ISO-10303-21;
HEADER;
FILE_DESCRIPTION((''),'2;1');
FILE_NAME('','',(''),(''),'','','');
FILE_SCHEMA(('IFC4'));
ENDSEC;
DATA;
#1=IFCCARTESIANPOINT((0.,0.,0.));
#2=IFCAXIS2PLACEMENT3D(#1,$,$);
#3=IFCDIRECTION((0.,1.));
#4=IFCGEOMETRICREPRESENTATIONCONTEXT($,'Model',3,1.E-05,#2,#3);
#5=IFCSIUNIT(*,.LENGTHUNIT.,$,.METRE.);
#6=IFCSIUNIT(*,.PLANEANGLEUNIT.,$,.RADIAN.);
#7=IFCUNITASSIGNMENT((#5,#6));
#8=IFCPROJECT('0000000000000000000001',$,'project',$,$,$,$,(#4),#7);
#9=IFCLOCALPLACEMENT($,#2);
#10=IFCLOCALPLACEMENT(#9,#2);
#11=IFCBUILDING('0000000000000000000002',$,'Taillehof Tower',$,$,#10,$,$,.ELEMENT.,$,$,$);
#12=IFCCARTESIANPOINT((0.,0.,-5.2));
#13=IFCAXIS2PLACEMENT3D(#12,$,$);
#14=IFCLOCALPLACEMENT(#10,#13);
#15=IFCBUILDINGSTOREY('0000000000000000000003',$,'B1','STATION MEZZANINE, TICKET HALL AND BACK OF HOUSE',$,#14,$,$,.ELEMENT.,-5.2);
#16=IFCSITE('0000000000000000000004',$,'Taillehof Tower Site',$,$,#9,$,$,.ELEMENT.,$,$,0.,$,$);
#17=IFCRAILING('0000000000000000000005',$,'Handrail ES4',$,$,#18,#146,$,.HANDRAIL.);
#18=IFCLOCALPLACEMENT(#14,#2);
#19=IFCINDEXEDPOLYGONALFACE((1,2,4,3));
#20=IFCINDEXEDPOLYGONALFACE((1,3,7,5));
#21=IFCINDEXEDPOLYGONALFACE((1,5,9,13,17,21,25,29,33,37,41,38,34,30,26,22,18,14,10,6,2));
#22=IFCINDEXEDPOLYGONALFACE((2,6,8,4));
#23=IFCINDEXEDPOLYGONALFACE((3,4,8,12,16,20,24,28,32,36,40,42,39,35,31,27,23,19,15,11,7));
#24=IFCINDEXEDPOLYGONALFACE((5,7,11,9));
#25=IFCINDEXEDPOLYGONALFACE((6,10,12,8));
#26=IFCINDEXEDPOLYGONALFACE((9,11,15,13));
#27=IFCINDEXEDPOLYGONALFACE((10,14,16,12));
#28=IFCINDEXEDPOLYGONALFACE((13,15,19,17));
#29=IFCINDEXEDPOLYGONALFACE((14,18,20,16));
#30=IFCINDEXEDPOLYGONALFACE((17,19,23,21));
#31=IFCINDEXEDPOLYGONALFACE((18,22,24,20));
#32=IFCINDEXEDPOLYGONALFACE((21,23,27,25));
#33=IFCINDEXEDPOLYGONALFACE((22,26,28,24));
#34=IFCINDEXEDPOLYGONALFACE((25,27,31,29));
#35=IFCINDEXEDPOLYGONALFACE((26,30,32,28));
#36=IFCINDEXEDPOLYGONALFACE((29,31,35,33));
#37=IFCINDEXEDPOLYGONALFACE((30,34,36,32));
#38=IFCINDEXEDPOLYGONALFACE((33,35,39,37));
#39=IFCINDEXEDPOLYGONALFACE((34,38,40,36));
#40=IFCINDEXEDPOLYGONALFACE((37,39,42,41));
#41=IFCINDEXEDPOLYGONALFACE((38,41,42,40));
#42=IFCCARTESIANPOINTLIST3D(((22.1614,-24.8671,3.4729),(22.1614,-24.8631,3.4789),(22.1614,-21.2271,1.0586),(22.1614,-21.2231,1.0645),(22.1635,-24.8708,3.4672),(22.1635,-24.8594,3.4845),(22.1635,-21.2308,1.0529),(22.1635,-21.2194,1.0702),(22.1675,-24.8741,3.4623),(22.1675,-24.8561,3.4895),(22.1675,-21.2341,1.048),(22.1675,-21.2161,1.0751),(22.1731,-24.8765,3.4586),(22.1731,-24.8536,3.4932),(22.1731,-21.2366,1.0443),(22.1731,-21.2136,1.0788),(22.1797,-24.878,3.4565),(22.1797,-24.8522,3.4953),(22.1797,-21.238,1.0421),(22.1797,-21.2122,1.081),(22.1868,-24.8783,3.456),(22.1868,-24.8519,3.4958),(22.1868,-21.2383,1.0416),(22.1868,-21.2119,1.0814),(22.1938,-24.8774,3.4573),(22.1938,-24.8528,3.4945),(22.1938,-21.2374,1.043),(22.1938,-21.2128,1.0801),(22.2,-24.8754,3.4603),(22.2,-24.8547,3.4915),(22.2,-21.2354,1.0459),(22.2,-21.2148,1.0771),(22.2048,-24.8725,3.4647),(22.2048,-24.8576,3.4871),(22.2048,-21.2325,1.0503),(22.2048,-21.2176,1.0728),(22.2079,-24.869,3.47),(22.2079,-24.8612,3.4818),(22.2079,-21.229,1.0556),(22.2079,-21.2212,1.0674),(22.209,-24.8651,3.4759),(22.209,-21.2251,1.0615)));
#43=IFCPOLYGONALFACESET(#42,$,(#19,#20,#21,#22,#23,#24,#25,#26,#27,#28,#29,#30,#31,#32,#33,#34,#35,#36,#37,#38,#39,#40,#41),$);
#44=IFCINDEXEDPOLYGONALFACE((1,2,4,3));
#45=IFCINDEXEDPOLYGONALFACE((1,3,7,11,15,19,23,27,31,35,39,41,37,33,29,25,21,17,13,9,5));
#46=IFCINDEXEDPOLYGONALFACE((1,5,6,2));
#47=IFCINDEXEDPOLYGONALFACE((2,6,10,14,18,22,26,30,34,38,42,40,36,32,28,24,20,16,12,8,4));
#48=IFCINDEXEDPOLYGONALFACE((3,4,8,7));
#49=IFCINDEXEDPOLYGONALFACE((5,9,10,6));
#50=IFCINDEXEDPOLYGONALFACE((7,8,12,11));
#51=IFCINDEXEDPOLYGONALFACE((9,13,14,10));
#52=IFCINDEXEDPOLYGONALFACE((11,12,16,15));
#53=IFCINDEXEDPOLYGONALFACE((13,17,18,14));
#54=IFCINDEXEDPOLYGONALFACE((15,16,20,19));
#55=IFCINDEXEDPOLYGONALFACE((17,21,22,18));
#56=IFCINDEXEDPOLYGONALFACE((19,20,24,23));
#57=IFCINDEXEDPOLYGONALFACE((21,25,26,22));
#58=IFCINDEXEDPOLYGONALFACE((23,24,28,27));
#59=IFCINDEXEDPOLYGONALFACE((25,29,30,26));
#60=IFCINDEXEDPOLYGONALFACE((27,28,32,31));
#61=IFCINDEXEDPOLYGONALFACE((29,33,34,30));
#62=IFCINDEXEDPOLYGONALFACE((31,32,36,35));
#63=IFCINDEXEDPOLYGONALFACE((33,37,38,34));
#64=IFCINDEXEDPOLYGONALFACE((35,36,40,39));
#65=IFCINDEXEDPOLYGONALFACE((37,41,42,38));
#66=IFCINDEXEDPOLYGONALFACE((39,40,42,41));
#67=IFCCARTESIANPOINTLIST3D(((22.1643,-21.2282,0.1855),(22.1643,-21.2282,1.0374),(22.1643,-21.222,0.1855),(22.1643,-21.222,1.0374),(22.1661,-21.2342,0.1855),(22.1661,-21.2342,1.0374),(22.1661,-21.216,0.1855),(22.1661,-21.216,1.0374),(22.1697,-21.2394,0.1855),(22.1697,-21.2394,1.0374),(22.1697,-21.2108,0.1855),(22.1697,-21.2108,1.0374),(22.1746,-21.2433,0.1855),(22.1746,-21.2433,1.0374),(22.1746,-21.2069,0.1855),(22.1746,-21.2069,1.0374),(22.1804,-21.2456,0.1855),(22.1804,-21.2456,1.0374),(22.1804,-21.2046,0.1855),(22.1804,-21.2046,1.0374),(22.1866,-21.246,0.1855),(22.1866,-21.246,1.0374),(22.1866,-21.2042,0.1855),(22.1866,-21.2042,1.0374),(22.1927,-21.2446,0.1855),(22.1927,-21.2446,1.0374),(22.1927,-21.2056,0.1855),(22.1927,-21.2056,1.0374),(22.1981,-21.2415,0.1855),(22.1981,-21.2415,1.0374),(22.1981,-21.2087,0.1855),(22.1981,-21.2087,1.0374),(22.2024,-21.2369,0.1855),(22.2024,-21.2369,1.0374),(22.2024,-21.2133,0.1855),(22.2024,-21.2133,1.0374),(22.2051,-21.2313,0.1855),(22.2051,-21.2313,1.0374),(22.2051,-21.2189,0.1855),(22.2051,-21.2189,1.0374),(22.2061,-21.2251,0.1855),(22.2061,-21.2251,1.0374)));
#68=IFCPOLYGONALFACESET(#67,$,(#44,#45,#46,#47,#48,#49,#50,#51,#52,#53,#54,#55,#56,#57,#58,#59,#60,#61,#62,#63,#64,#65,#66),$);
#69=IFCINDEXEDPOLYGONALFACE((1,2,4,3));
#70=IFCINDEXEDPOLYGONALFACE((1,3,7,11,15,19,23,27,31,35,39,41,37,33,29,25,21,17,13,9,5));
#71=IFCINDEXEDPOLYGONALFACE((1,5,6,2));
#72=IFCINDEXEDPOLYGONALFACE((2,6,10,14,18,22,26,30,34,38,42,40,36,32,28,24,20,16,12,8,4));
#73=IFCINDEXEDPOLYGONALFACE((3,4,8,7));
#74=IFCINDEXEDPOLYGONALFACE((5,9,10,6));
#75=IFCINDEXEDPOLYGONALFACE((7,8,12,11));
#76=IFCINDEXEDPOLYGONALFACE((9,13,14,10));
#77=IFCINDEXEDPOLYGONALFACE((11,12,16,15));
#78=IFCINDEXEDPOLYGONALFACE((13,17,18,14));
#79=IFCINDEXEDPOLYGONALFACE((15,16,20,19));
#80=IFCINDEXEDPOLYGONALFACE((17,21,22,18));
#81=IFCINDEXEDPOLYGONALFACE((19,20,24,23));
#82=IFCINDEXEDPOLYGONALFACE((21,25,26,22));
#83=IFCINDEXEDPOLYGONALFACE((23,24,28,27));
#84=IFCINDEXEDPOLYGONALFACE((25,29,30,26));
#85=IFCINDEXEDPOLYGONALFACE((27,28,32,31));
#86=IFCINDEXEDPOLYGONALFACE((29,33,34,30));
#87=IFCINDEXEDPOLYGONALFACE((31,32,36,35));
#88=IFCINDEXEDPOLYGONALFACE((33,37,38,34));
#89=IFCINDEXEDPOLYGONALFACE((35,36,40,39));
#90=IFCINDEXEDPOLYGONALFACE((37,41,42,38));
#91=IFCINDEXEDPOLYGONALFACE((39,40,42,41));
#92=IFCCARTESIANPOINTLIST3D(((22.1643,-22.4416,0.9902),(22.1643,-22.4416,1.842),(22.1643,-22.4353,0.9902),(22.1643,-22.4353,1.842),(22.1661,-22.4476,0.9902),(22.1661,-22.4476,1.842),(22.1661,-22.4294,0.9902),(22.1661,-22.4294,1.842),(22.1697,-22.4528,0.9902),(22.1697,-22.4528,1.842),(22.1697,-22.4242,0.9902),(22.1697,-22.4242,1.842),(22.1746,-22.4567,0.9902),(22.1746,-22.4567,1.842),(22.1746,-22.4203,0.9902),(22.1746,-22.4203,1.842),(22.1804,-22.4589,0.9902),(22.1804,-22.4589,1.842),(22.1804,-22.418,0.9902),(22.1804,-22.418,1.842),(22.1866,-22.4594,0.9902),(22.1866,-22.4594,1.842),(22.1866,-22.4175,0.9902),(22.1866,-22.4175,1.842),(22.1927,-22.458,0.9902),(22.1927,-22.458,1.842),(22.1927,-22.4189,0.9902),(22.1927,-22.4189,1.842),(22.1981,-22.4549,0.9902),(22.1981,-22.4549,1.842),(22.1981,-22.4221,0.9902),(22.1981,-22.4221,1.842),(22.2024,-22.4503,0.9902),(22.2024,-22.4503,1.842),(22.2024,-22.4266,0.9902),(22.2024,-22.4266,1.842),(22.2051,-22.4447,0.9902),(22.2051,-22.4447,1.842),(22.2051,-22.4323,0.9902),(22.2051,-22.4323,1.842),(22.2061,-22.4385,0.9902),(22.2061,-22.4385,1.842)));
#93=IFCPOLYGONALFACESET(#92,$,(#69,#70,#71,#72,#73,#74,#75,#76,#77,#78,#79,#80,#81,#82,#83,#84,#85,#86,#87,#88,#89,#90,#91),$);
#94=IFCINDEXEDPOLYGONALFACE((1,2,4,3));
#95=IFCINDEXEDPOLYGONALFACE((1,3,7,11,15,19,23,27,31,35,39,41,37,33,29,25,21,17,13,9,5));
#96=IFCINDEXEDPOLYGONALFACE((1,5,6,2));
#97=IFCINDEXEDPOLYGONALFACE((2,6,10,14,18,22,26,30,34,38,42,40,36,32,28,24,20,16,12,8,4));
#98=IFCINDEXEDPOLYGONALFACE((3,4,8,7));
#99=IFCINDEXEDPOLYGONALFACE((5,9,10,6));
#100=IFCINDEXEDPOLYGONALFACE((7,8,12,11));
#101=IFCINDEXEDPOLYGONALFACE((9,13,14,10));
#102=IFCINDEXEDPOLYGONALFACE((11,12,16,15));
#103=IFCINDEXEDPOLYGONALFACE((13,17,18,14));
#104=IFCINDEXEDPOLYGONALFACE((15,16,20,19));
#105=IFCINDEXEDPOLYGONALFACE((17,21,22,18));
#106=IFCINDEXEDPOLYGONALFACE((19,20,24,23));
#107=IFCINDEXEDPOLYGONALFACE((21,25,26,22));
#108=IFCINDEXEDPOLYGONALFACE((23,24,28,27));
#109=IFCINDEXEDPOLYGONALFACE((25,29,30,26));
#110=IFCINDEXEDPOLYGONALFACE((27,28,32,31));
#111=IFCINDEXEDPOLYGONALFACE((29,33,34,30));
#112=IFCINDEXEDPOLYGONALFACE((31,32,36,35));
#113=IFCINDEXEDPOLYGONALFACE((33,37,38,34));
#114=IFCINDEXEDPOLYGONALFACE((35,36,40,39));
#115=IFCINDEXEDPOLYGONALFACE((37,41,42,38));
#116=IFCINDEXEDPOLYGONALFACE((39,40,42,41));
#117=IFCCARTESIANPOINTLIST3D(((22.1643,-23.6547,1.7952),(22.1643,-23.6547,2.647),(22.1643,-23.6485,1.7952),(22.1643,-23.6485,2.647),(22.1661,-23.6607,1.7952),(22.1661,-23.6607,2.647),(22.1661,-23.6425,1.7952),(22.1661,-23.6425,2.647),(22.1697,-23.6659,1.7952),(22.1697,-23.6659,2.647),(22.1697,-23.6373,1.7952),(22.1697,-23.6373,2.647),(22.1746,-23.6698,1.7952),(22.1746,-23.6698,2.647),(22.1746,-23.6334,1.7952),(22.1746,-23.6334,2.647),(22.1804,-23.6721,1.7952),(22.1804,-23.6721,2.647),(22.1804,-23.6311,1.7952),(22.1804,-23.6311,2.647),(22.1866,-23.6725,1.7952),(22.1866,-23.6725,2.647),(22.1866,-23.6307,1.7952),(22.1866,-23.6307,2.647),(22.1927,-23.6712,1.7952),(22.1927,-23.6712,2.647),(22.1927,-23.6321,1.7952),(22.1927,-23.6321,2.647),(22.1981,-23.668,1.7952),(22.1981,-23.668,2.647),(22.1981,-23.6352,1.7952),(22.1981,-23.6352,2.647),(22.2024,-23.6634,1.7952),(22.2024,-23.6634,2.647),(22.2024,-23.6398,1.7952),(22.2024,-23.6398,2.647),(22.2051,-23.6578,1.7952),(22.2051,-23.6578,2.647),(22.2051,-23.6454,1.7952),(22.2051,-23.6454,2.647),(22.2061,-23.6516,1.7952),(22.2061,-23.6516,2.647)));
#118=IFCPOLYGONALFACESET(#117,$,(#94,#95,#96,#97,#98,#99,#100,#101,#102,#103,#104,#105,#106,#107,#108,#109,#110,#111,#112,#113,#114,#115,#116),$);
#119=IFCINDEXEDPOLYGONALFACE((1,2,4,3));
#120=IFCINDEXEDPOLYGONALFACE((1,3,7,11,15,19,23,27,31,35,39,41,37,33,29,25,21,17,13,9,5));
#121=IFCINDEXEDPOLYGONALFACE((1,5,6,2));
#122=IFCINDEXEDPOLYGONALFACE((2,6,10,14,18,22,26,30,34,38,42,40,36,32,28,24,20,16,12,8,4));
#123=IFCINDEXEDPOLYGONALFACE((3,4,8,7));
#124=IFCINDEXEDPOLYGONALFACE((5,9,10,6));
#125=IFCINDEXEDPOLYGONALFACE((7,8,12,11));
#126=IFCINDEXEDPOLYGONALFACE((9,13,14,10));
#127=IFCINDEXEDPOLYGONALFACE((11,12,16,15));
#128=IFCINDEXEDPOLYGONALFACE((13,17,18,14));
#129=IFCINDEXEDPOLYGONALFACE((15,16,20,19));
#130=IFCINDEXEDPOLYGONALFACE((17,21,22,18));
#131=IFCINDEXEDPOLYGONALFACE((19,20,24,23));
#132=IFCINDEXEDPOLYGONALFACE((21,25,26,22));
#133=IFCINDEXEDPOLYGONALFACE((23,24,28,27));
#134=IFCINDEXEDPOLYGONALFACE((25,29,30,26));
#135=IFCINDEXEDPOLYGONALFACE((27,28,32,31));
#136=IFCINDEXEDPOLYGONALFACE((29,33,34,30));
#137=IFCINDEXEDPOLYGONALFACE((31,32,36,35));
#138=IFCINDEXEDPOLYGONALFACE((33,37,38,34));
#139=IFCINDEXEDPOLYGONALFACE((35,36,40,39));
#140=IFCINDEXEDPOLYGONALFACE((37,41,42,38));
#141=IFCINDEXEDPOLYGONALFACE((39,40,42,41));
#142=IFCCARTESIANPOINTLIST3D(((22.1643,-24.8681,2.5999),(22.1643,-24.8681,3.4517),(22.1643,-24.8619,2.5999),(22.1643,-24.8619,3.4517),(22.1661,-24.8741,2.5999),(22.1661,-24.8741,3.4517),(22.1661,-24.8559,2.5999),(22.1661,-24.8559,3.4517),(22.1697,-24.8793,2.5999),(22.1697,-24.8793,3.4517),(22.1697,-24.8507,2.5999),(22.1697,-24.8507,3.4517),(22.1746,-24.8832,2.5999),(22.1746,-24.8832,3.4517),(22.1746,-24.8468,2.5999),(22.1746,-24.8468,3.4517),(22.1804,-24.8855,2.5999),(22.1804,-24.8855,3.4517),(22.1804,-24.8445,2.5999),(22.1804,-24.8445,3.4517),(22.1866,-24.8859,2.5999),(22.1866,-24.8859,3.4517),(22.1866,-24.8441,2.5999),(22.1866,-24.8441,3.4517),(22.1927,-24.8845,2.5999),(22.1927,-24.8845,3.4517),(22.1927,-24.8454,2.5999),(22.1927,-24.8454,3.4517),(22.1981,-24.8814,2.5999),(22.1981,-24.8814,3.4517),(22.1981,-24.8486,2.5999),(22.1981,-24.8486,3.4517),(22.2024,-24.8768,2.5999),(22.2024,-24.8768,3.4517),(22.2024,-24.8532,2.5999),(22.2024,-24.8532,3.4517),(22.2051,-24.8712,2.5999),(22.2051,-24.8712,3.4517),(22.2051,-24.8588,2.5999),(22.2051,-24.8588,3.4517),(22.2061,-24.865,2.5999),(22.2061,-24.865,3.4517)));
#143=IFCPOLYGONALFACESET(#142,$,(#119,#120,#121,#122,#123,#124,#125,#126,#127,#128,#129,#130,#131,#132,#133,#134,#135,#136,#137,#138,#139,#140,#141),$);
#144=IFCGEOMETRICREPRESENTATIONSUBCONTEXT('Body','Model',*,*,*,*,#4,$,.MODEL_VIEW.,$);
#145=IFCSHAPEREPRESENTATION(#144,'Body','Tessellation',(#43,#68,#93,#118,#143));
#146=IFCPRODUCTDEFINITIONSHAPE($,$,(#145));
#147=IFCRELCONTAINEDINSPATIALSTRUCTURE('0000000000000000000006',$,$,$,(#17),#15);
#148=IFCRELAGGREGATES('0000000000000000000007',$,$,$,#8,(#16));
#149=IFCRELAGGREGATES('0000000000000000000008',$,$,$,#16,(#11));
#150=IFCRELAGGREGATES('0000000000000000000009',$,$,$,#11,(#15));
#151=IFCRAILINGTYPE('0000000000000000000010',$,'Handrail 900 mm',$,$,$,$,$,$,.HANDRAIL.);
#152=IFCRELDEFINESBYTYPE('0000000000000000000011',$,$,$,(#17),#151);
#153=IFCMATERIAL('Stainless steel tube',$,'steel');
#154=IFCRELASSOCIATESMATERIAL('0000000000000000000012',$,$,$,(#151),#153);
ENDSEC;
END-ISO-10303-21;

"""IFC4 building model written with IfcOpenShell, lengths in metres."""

from ifc_helpers import new_model, si_unit, direction, frame, origin, origin_2d, place, context, subcontext, project, spatial, circle, extrude, material, type_object, element, save


model = new_model("IFC4")

# Units and contexts
model_context = context("Model", 3, precision=1e-05, world=origin(), true_north=direction((0.0, 1.0)))
body_context = subcontext(model_context, "Body", "Model", "MODEL_VIEW")
ifc_project = project(units=[si_unit("LENGTHUNIT", "METRE"), si_unit("PLANEANGLEUNIT", "RADIAN")], contexts=[model_context])

# Site, building, storey
site_placement = place(None, origin())
site = spatial("IfcSite", under=ifc_project, at=site_placement, Name="Taillehof Tower Site", CompositionType="ELEMENT", RefElevation=0.0)
building_placement = place(site_placement, origin())
building = spatial("IfcBuilding", under=site, at=building_placement, Name="Taillehof Tower", CompositionType="ELEMENT")
storey_placement = place(building_placement, frame((0.0, 0.0, -5.2)))
storey = spatial("IfcBuildingStorey", under=building, at=storey_placement, Name="B1", Description="STATION MEZZANINE, TICKET HALL AND BACK OF HOUSE", CompositionType="ELEMENT", Elevation=-5.2)

# Railing
ifc_material_1 = material(Name="Stainless steel tube", Category="steel")
railing_type_1 = type_object("IfcRailingType", Name="Handrail 900 mm", PredefinedType="HANDRAIL", material=ifc_material_1)
for number, where, name in (
    (1, (22.1851, -21.2251, 0.1855), "Handrail ES4"),
):
    element("IfcRailing", number, at=place(storey_placement, frame(where)), inside=storey, type_object=railing_type_1, Name=name, PredefinedType="HANDRAIL", context=body_context, shape_type="SweptSolid", body=[
        extrude(circle(Radius=0.0239, at=origin_2d()), frame((0.0, 0.0, 0.876), z_axis=(0.0, -0.833347, 0.552751), x_axis=(1.0, 0.0, 0.0)), (0.0, 0.0, 1.0), 4.3679),
        extrude(circle(Radius=0.021, at=origin_2d()), origin(), (0.0, 0.0, 1.0), 0.8518),
        extrude(circle(Radius=0.021, at=origin_2d()), frame((0.0, -1.2134, 0.8047)), (0.0, 0.0, 1.0), 0.8518),
        extrude(circle(Radius=0.021, at=origin_2d()), frame((0.0, -2.4265, 1.6096)), (0.0, 0.0, 1.0), 0.8518),
        extrude(circle(Radius=0.021, at=origin_2d()), frame((0.0, -3.6399, 2.4143)), (0.0, 0.0, 1.0), 0.8518),
    ])

save(model, "model.ifc")
